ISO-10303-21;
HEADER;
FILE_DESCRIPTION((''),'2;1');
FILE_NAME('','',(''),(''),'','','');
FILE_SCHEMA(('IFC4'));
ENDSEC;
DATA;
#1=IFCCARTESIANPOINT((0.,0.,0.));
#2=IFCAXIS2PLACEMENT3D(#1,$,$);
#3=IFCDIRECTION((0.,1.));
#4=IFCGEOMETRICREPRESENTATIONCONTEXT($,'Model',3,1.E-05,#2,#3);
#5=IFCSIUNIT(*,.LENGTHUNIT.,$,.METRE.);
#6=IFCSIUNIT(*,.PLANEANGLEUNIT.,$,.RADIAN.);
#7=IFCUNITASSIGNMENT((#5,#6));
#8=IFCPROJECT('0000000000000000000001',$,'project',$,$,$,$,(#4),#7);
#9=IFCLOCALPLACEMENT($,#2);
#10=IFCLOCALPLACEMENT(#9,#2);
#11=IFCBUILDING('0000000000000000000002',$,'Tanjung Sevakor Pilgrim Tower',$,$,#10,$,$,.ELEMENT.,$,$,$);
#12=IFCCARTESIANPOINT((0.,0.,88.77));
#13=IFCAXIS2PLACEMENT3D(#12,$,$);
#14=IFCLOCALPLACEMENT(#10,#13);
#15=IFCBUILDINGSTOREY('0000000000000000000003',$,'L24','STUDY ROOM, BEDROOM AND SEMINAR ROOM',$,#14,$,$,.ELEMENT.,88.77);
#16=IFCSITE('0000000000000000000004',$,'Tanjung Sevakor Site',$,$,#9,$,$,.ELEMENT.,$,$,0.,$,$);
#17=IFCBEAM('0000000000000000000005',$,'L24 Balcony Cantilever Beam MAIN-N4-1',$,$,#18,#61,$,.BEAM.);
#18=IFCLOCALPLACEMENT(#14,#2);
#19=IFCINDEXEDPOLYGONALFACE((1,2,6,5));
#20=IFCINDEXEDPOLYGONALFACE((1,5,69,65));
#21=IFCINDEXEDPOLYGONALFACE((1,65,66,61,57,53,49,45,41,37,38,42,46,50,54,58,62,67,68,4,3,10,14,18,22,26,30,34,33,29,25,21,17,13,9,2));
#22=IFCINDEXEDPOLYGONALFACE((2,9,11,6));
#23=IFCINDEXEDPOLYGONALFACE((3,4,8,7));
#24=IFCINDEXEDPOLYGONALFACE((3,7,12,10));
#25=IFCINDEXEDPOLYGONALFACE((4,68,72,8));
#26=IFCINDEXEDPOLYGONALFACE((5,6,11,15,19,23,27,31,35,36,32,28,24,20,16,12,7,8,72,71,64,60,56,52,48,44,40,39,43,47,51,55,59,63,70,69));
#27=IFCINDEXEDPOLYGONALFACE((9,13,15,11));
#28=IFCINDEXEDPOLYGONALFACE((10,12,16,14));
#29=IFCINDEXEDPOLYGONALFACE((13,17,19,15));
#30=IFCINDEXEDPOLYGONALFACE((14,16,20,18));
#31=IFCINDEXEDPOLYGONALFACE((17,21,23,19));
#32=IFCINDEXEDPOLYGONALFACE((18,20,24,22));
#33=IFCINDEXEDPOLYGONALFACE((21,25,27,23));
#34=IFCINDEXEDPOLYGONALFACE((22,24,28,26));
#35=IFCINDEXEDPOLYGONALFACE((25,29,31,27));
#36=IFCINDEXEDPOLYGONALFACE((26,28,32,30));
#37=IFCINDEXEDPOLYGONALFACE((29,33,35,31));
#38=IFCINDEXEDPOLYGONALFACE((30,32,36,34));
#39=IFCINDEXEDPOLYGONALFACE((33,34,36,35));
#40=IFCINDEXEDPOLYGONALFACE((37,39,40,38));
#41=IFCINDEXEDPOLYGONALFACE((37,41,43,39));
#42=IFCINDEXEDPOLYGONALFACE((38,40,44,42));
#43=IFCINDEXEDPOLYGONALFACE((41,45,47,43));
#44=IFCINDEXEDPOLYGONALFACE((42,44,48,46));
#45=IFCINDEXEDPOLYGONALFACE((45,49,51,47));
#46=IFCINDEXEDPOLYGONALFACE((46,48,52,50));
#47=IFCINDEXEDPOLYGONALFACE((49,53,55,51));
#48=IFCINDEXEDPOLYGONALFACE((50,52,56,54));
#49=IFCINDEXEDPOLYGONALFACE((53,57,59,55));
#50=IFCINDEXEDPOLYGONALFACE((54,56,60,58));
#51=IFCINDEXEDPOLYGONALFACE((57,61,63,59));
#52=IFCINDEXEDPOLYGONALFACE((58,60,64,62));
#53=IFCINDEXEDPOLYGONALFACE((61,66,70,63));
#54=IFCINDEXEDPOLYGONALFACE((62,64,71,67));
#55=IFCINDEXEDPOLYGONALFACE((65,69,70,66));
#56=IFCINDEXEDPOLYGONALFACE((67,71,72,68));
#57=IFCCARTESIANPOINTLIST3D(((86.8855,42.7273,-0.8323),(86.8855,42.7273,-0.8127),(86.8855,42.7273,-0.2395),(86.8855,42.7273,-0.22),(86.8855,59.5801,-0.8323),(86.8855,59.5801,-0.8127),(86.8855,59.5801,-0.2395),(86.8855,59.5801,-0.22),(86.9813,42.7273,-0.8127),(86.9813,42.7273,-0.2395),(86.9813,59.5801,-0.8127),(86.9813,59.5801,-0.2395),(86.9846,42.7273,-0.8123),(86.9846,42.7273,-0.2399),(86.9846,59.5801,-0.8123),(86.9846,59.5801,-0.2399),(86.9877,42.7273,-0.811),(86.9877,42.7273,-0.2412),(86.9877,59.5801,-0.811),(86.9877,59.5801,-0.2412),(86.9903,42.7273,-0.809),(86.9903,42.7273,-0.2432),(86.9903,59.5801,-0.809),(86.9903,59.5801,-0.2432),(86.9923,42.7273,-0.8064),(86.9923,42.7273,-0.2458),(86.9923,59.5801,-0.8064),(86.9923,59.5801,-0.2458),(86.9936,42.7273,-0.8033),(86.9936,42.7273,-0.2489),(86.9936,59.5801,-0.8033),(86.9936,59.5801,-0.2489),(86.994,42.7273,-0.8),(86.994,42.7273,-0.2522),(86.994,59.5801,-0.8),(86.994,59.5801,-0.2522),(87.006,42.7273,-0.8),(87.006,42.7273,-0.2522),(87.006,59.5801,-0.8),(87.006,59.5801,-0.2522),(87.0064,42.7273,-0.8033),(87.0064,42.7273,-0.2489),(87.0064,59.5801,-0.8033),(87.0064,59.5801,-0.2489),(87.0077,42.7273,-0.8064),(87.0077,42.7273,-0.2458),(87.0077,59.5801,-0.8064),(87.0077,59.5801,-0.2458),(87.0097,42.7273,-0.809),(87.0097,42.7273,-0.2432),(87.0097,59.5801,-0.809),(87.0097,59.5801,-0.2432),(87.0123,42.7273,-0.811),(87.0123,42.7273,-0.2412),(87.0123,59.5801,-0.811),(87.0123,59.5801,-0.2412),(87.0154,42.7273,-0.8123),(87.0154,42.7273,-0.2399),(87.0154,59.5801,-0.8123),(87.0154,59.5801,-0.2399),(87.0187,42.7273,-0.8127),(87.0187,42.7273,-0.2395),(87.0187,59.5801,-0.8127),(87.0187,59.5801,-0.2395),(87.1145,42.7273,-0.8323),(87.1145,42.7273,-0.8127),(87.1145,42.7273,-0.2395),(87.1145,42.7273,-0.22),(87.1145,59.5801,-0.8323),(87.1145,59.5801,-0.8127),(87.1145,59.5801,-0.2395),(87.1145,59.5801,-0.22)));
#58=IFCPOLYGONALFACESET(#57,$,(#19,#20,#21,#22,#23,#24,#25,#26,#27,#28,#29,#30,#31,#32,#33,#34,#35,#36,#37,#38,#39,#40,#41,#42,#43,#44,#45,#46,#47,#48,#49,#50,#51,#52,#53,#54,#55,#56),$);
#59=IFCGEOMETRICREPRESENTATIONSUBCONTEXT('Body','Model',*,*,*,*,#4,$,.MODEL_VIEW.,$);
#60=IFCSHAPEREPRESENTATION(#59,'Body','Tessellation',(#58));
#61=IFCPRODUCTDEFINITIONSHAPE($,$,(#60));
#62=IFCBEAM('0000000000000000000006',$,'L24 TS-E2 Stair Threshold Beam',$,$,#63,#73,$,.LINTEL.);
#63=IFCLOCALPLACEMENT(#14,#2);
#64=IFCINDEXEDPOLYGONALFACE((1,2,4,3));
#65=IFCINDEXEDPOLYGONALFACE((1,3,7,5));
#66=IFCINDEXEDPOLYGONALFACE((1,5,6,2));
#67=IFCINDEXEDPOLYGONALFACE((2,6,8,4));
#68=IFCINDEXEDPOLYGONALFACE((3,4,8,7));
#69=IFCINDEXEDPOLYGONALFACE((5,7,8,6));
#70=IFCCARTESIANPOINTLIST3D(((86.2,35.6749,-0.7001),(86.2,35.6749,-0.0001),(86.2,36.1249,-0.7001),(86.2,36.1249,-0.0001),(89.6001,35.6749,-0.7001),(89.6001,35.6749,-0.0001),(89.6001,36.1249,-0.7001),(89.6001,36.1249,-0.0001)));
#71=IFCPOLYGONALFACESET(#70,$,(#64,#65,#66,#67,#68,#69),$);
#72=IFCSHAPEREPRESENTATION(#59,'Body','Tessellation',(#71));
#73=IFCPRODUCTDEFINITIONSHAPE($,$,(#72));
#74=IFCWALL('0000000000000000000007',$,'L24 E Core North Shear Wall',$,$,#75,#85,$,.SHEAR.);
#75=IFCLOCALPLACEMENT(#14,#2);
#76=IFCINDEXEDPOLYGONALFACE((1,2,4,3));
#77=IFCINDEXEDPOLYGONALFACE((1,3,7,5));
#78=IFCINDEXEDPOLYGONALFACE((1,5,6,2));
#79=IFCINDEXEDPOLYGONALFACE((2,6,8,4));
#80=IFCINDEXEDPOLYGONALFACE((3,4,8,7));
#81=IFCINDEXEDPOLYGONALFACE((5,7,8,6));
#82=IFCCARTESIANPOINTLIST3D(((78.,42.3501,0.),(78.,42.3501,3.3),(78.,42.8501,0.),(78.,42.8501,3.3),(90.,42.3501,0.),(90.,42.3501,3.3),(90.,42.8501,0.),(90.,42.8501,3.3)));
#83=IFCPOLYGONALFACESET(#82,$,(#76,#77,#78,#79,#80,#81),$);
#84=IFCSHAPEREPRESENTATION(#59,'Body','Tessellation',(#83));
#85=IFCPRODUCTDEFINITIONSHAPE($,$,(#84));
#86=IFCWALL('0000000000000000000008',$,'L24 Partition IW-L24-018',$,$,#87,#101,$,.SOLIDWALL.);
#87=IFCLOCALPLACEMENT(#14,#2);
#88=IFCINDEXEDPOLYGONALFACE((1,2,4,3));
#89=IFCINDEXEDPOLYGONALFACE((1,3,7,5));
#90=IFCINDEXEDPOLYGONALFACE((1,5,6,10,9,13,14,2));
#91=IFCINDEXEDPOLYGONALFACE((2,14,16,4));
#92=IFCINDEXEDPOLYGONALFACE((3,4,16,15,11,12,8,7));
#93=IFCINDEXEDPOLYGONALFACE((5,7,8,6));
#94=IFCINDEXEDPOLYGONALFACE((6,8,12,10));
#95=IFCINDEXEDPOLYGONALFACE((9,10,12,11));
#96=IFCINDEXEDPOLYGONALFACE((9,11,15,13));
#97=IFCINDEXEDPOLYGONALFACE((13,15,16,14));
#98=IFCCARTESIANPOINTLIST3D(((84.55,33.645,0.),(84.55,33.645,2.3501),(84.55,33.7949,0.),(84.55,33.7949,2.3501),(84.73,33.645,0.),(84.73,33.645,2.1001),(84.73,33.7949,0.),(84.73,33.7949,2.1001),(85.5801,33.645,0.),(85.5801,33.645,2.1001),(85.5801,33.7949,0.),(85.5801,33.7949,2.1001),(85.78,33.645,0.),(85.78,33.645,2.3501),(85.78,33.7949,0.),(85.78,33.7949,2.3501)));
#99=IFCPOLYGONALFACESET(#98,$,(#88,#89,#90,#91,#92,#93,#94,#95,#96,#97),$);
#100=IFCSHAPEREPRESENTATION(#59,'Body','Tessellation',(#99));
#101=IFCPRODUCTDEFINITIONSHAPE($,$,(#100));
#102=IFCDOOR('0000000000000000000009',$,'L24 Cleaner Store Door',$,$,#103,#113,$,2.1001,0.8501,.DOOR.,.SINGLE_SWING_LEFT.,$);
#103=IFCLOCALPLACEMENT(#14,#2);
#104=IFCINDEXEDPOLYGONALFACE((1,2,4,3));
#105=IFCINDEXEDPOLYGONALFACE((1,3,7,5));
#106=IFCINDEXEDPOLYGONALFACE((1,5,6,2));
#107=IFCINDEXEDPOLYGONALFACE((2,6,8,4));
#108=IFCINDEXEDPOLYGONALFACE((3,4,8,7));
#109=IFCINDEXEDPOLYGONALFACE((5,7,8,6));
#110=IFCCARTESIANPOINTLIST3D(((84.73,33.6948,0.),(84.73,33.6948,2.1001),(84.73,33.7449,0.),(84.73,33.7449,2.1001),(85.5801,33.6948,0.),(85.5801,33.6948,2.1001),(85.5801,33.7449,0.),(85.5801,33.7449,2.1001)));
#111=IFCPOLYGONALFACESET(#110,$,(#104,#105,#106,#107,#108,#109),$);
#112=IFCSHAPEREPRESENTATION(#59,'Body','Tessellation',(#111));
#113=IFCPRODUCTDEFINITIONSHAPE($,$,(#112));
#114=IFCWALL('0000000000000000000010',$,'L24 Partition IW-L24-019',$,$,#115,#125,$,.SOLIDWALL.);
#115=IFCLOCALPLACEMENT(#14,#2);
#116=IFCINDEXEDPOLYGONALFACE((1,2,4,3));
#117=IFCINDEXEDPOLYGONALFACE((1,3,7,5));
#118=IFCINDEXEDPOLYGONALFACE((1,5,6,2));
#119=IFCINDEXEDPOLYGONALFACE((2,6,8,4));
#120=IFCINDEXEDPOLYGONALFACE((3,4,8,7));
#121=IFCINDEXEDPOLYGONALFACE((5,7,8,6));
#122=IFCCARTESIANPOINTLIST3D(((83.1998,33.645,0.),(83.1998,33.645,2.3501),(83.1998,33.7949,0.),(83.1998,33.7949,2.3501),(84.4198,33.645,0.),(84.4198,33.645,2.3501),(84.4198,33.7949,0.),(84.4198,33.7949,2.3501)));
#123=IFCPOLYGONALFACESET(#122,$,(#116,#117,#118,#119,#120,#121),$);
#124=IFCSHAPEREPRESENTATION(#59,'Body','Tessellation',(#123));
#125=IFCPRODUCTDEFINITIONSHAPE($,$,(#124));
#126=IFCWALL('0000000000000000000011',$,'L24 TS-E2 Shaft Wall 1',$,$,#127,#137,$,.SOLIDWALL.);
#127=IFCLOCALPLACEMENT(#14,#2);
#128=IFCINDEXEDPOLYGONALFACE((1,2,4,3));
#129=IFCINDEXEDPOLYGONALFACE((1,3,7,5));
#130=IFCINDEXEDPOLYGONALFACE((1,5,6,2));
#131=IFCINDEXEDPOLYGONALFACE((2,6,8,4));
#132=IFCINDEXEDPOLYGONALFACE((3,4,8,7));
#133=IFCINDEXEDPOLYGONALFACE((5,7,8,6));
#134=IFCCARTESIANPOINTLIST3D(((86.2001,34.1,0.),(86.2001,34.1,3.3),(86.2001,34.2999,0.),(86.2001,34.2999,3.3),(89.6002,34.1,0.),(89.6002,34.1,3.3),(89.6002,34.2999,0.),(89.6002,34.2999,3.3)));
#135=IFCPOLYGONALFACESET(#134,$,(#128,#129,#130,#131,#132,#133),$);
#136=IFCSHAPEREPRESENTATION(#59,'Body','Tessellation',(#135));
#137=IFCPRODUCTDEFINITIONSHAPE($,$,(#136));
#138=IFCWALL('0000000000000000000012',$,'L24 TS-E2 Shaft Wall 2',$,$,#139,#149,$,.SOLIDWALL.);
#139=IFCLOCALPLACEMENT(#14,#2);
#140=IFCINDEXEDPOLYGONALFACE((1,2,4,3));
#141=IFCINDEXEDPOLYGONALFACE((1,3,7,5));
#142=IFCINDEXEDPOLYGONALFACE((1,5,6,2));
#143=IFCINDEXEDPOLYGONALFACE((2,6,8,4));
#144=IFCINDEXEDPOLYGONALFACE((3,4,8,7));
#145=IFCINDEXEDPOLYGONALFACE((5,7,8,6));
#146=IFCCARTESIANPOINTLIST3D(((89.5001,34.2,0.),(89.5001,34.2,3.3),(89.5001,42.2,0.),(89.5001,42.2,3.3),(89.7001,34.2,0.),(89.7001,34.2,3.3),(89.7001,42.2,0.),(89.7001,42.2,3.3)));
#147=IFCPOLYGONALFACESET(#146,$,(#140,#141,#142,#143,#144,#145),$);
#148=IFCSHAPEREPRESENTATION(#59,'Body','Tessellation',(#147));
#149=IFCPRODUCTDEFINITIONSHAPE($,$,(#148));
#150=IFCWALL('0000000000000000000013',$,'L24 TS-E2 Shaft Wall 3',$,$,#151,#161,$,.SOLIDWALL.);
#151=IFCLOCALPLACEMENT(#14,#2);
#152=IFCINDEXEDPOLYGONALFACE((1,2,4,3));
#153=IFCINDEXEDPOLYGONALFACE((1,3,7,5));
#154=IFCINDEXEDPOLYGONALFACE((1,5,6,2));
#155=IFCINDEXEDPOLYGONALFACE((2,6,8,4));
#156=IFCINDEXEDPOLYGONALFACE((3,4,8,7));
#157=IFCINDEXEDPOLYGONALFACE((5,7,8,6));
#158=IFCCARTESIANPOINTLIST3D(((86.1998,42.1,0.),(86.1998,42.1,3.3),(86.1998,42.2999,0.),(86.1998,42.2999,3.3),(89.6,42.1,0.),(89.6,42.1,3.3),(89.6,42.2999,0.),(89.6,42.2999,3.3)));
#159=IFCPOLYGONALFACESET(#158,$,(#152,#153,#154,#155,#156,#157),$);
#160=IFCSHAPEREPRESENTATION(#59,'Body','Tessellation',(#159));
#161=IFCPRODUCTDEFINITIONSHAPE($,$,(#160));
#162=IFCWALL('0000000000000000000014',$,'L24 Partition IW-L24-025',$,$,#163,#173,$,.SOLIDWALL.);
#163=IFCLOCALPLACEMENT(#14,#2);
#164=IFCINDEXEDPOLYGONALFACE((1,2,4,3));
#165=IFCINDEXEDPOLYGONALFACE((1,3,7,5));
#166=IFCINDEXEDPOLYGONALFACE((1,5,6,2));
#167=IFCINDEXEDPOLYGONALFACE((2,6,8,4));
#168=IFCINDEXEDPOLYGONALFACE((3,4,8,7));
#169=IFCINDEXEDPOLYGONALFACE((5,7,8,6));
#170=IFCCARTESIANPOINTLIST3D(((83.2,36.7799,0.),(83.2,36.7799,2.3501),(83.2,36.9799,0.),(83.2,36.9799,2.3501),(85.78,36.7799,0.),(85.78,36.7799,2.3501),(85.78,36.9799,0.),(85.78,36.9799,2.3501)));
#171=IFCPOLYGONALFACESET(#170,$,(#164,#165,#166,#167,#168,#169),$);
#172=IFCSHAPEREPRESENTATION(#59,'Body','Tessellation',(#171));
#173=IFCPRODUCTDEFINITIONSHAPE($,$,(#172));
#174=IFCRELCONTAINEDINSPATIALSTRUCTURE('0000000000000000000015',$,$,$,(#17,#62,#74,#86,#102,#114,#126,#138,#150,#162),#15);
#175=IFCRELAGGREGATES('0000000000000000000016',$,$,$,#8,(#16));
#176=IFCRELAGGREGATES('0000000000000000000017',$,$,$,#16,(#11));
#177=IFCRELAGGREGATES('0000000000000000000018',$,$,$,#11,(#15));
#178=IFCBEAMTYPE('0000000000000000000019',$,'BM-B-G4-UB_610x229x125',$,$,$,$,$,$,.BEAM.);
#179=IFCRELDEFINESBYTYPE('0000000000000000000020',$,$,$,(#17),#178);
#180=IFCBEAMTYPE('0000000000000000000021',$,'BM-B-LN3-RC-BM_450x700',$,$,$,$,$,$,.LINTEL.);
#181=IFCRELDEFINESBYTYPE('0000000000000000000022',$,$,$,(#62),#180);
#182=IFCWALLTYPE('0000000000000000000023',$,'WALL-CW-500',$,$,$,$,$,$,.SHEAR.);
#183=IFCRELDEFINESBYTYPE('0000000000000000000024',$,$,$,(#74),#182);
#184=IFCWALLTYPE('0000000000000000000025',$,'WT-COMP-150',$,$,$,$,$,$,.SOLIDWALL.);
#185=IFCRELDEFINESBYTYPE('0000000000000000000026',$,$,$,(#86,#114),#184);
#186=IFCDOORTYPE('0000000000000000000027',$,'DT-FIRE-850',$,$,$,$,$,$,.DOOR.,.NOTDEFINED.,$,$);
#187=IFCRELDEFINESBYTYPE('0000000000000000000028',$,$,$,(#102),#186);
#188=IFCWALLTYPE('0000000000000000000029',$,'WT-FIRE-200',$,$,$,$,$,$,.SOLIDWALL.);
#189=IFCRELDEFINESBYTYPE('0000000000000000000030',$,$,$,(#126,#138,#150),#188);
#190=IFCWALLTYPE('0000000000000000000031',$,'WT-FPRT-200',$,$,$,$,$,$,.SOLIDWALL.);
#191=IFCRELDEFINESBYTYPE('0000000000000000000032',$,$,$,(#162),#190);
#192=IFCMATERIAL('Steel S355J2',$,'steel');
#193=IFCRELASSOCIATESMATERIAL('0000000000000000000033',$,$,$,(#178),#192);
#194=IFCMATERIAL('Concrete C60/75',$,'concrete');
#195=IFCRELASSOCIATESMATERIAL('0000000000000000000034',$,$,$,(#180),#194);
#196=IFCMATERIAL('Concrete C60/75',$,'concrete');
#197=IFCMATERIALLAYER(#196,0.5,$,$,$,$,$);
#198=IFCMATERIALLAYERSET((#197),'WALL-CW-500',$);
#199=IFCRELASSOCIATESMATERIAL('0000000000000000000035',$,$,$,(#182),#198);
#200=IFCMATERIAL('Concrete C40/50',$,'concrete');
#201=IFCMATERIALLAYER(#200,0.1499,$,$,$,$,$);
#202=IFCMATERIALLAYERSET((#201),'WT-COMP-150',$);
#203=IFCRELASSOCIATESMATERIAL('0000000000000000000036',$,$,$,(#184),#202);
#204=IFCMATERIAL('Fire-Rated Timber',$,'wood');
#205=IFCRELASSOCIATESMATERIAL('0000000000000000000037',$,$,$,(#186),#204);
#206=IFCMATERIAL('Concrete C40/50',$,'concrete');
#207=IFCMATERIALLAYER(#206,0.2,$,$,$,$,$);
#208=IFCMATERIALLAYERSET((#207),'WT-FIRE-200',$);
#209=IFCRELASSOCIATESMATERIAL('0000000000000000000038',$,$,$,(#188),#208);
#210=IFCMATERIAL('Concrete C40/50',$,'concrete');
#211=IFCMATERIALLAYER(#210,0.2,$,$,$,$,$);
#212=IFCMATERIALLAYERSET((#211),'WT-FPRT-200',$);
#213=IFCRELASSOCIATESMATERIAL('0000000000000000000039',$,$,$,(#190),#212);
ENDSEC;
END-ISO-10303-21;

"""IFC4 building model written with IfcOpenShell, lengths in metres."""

from ifc_helpers import new_model, si_unit, direction, frame, frame_2d, origin, origin_2d, place, context, subcontext, project, spatial, rectangle, i_section, extrude, material, layer, layer_set, material_profile, profile_set, type_object, element, fill, save


model = new_model("IFC4")

# Units and contexts
model_context = context("Model", 3, precision=1e-05, world=origin(), true_north=direction((0.0, 1.0)))
body_context = subcontext(model_context, "Body", "Model", "MODEL_VIEW")
ifc_project = project(units=[si_unit("LENGTHUNIT", "METRE"), si_unit("PLANEANGLEUNIT", "RADIAN")], contexts=[model_context])

# Site, building, storey
site_placement = place(None, origin())
site = spatial("IfcSite", under=ifc_project, at=site_placement, Name="Tanjung Sevakor Site", CompositionType="ELEMENT", RefElevation=0.0)
building_placement = place(site_placement, origin())
building = spatial("IfcBuilding", under=site, at=building_placement, Name="Tanjung Sevakor Pilgrim Tower", CompositionType="ELEMENT")
storey_placement = place(building_placement, frame((0.0, 0.0, 88.77)))
storey = spatial("IfcBuildingStorey", under=building, at=storey_placement, Name="L24", Description="STUDY ROOM, BEDROOM AND SEMINAR ROOM", CompositionType="ELEMENT", Elevation=88.77)

# Beams
ifc_material_1 = material(Name="Steel S355J2", Category="steel")
ifc_material_profile_1 = material_profile(ifc_material_1, i_section(OverallWidth=0.229, OverallDepth=0.6123, WebThickness=0.012, FlangeThickness=0.0195, FilletRadius=0.0127, at=origin_2d()))
ifc_profile_set_1 = profile_set([ifc_material_profile_1], Name="Steel S355J2")
beam_type_1 = type_object("IfcBeamType", Name="BM-B-G4-UB_610x229x125", PredefinedType="BEAM", material=ifc_profile_set_1)
beam_1_placement = place(storey_placement, frame((87.0, 42.7273, -0.5261), z_axis=(0.0, 1.0, 0.0), x_axis=(-1.0, 0.0, 0.0)))
element("IfcBeam", 1, at=beam_1_placement, inside=storey, type_object=beam_type_1, Name="L24 Balcony Cantilever Beam MAIN-N4-1", PredefinedType="BEAM", context=body_context, shape_type="SweptSolid", body=[
    extrude(i_section(OverallWidth=0.229, OverallDepth=0.6123, WebThickness=0.012, FlangeThickness=0.0195, FilletRadius=0.0127, at=origin_2d()), origin(), (0.0, 0.0, 1.0), 16.8528),
])
ifc_material_2 = material(Name="Concrete C60/75", Category="concrete")
ifc_material_profile_2 = material_profile(ifc_material_2, rectangle(XDim=0.45, YDim=0.7, at=origin_2d()))
ifc_profile_set_2 = profile_set([ifc_material_profile_2], Name="Concrete C60/75")
beam_type_2 = type_object("IfcBeamType", Name="BM-B-LN3-RC-BM_450x700", PredefinedType="LINTEL", material=ifc_profile_set_2)
beam_2_placement = place(storey_placement, frame((86.2, 35.8999, -0.3501), z_axis=(1.0, 0.0, 0.0), x_axis=(0.0, 1.0, 0.0)))
element("IfcBeam", 2, at=beam_2_placement, inside=storey, type_object=beam_type_2, Name="L24 TS-E2 Stair Threshold Beam", PredefinedType="LINTEL", context=body_context, shape_type="SweptSolid", body=[
    extrude(rectangle(XDim=0.45, YDim=0.7, at=origin_2d()), origin(), (0.0, 0.0, 1.0), 3.4001),
])

# Wall
ifc_material_3 = material(Name="Concrete C60/75", Category="concrete")
ifc_layer_1 = layer(ifc_material_3, 0.5)
ifc_layer_set_1 = layer_set([ifc_layer_1], Name="WALL-CW-500")
wall_type_1 = type_object("IfcWallType", Name="WALL-CW-500", PredefinedType="SHEAR", material=ifc_layer_set_1)
wall_1_placement = place(storey_placement, frame((90.0, 42.6001, 0.0), z_axis=(0.0, 0.0, 1.0), x_axis=(-1.0, 0.0, 0.0)))
element("IfcWall", 3, at=wall_1_placement, inside=storey, type_object=wall_type_1, Name="L24 E Core North Shear Wall", PredefinedType="SHEAR", context=body_context, shape_type="SweptSolid", body=[
    extrude(rectangle(XDim=12.0, YDim=0.5, at=frame_2d((6.0, 0.0))), origin(), (0.0, 0.0, 1.0), 3.3),
])

# Wall, opening, door
ifc_material_4 = material(Name="Concrete C40/50", Category="concrete")
ifc_layer_2 = layer(ifc_material_4, 0.1499)
ifc_layer_set_2 = layer_set([ifc_layer_2], Name="WT-COMP-150")
wall_type_2 = type_object("IfcWallType", Name="WT-COMP-150", PredefinedType="SOLIDWALL", material=ifc_layer_set_2)
wall_2_placement = place(storey_placement, frame((84.55, 33.72, 0.0), z_axis=(0.0, 0.0, 1.0), x_axis=(1.0, 0.0, 0.0)))
wall_2 = element("IfcWall", 4, at=wall_2_placement, inside=storey, type_object=wall_type_2, Name="L24 Partition IW-L24-018", PredefinedType="SOLIDWALL", context=body_context, shape_type="SweptSolid", body=[
    extrude(rectangle(XDim=1.23, YDim=0.1499, at=frame_2d((0.615, 0.0))), origin(), (0.0, 0.0, 1.0), 2.3501),
])
opening_1_placement = place(wall_2_placement, frame((0.1799, 0.0, 0.0)))
opening_1 = element("IfcOpeningElement", 5, at=opening_1_placement, cuts=wall_2, PredefinedType="OPENING", context=body_context, shape_type="SweptSolid", body=[
    extrude(rectangle(XDim=0.8501, YDim=2.1001, at=frame_2d((0.425, 1.05))), frame((0.0, 0.085, 0.0), z_axis=(0.0, -1.0, 0.0), x_axis=(1.0, 0.0, 0.0)), (0.0, 0.0, 1.0), 0.1699),
])
ifc_material_5 = material(Name="Fire-Rated Timber", Category="wood")
door_type_1 = type_object("IfcDoorType", Name="DT-FIRE-850", OperationType="NOTDEFINED", PredefinedType="DOOR", material=ifc_material_5)
door_1_placement = place(opening_1_placement, origin())
door_1 = element("IfcDoor", 6, at=door_1_placement, inside=storey, type_object=door_type_1, Name="L24 Cleaner Store Door", OperationType="SINGLE_SWING_LEFT", OverallHeight=2.1001, OverallWidth=0.8501, PredefinedType="DOOR", context=body_context, shape_type="SweptSolid", body=[
    extrude(rectangle(XDim=0.8501, YDim=2.1001, at=frame_2d((0.425, 1.05))), frame((0.0, 0.0249, 0.0), z_axis=(0.0, -1.0, 0.0), x_axis=(1.0, 0.0, 0.0)), (0.0, 0.0, 1.0), 0.05),
])
fill(opening_1, door_1)

# Walls
wall_3_placement = place(storey_placement, frame((83.2, 33.72, 0.0), z_axis=(0.0, 0.0, 1.0), x_axis=(1.0, 0.0, 0.0)))
element("IfcWall", 7, at=wall_3_placement, inside=storey, type_object=wall_type_2, Name="L24 Partition IW-L24-019", PredefinedType="SOLIDWALL", context=body_context, shape_type="SweptSolid", body=[
    extrude(rectangle(XDim=1.22, YDim=0.1499, at=frame_2d((0.6099, 0.0))), origin(), (0.0, 0.0, 1.0), 2.3501),
])
ifc_material_6 = material(Name="Concrete C40/50", Category="concrete")
ifc_layer_3 = layer(ifc_material_6, 0.2)
ifc_layer_set_3 = layer_set([ifc_layer_3], Name="WT-FIRE-200")
wall_type_3 = type_object("IfcWallType", Name="WT-FIRE-200", PredefinedType="SOLIDWALL", material=ifc_layer_set_3)
wall_4_placement = place(storey_placement, frame((86.2, 34.2, 0.0), z_axis=(0.0, 0.0, 1.0), x_axis=(1.0, 0.0, 0.0)))
element("IfcWall", 8, at=wall_4_placement, inside=storey, type_object=wall_type_3, Name="L24 TS-E2 Shaft Wall 1", PredefinedType="SOLIDWALL", context=body_context, shape_type="SweptSolid", body=[
    extrude(rectangle(XDim=3.4001, YDim=0.2, at=frame_2d((1.7002, 0.0))), origin(), (0.0, 0.0, 1.0), 3.3),
])
wall_5_placement = place(storey_placement, frame((89.6001, 34.2, 0.0), z_axis=(0.0, 0.0, 1.0), x_axis=(0.0, 1.0, 0.0)))
element("IfcWall", 9, at=wall_5_placement, inside=storey, type_object=wall_type_3, Name="L24 TS-E2 Shaft Wall 2", PredefinedType="SOLIDWALL", context=body_context, shape_type="SweptSolid", body=[
    extrude(rectangle(XDim=8.0, YDim=0.2, at=frame_2d((4.0, 0.0))), origin(), (0.0, 0.0, 1.0), 3.3),
])
wall_6_placement = place(storey_placement, frame((89.6001, 42.2, 0.0), z_axis=(0.0, 0.0, 1.0), x_axis=(-1.0, 0.0, 0.0)))
element("IfcWall", 10, at=wall_6_placement, inside=storey, type_object=wall_type_3, Name="L24 TS-E2 Shaft Wall 3", PredefinedType="SOLIDWALL", context=body_context, shape_type="SweptSolid", body=[
    extrude(rectangle(XDim=3.4001, YDim=0.2, at=frame_2d((1.7002, 0.0))), origin(), (0.0, 0.0, 1.0), 3.3),
])
ifc_material_7 = material(Name="Concrete C40/50", Category="concrete")
ifc_layer_4 = layer(ifc_material_7, 0.2)
ifc_layer_set_4 = layer_set([ifc_layer_4], Name="WT-FPRT-200")
wall_type_4 = type_object("IfcWallType", Name="WT-FPRT-200", PredefinedType="SOLIDWALL", material=ifc_layer_set_4)
wall_7_placement = place(storey_placement, frame((83.2, 36.8799, 0.0), z_axis=(0.0, 0.0, 1.0), x_axis=(1.0, 0.0, 0.0)))
element("IfcWall", 11, at=wall_7_placement, inside=storey, type_object=wall_type_4, Name="L24 Partition IW-L24-025", PredefinedType="SOLIDWALL", context=body_context, shape_type="SweptSolid", body=[
    extrude(rectangle(XDim=2.5801, YDim=0.2, at=frame_2d((1.29, 0.0))), origin(), (0.0, 0.0, 1.0), 2.3501),
])

save(model, "model.ifc")
